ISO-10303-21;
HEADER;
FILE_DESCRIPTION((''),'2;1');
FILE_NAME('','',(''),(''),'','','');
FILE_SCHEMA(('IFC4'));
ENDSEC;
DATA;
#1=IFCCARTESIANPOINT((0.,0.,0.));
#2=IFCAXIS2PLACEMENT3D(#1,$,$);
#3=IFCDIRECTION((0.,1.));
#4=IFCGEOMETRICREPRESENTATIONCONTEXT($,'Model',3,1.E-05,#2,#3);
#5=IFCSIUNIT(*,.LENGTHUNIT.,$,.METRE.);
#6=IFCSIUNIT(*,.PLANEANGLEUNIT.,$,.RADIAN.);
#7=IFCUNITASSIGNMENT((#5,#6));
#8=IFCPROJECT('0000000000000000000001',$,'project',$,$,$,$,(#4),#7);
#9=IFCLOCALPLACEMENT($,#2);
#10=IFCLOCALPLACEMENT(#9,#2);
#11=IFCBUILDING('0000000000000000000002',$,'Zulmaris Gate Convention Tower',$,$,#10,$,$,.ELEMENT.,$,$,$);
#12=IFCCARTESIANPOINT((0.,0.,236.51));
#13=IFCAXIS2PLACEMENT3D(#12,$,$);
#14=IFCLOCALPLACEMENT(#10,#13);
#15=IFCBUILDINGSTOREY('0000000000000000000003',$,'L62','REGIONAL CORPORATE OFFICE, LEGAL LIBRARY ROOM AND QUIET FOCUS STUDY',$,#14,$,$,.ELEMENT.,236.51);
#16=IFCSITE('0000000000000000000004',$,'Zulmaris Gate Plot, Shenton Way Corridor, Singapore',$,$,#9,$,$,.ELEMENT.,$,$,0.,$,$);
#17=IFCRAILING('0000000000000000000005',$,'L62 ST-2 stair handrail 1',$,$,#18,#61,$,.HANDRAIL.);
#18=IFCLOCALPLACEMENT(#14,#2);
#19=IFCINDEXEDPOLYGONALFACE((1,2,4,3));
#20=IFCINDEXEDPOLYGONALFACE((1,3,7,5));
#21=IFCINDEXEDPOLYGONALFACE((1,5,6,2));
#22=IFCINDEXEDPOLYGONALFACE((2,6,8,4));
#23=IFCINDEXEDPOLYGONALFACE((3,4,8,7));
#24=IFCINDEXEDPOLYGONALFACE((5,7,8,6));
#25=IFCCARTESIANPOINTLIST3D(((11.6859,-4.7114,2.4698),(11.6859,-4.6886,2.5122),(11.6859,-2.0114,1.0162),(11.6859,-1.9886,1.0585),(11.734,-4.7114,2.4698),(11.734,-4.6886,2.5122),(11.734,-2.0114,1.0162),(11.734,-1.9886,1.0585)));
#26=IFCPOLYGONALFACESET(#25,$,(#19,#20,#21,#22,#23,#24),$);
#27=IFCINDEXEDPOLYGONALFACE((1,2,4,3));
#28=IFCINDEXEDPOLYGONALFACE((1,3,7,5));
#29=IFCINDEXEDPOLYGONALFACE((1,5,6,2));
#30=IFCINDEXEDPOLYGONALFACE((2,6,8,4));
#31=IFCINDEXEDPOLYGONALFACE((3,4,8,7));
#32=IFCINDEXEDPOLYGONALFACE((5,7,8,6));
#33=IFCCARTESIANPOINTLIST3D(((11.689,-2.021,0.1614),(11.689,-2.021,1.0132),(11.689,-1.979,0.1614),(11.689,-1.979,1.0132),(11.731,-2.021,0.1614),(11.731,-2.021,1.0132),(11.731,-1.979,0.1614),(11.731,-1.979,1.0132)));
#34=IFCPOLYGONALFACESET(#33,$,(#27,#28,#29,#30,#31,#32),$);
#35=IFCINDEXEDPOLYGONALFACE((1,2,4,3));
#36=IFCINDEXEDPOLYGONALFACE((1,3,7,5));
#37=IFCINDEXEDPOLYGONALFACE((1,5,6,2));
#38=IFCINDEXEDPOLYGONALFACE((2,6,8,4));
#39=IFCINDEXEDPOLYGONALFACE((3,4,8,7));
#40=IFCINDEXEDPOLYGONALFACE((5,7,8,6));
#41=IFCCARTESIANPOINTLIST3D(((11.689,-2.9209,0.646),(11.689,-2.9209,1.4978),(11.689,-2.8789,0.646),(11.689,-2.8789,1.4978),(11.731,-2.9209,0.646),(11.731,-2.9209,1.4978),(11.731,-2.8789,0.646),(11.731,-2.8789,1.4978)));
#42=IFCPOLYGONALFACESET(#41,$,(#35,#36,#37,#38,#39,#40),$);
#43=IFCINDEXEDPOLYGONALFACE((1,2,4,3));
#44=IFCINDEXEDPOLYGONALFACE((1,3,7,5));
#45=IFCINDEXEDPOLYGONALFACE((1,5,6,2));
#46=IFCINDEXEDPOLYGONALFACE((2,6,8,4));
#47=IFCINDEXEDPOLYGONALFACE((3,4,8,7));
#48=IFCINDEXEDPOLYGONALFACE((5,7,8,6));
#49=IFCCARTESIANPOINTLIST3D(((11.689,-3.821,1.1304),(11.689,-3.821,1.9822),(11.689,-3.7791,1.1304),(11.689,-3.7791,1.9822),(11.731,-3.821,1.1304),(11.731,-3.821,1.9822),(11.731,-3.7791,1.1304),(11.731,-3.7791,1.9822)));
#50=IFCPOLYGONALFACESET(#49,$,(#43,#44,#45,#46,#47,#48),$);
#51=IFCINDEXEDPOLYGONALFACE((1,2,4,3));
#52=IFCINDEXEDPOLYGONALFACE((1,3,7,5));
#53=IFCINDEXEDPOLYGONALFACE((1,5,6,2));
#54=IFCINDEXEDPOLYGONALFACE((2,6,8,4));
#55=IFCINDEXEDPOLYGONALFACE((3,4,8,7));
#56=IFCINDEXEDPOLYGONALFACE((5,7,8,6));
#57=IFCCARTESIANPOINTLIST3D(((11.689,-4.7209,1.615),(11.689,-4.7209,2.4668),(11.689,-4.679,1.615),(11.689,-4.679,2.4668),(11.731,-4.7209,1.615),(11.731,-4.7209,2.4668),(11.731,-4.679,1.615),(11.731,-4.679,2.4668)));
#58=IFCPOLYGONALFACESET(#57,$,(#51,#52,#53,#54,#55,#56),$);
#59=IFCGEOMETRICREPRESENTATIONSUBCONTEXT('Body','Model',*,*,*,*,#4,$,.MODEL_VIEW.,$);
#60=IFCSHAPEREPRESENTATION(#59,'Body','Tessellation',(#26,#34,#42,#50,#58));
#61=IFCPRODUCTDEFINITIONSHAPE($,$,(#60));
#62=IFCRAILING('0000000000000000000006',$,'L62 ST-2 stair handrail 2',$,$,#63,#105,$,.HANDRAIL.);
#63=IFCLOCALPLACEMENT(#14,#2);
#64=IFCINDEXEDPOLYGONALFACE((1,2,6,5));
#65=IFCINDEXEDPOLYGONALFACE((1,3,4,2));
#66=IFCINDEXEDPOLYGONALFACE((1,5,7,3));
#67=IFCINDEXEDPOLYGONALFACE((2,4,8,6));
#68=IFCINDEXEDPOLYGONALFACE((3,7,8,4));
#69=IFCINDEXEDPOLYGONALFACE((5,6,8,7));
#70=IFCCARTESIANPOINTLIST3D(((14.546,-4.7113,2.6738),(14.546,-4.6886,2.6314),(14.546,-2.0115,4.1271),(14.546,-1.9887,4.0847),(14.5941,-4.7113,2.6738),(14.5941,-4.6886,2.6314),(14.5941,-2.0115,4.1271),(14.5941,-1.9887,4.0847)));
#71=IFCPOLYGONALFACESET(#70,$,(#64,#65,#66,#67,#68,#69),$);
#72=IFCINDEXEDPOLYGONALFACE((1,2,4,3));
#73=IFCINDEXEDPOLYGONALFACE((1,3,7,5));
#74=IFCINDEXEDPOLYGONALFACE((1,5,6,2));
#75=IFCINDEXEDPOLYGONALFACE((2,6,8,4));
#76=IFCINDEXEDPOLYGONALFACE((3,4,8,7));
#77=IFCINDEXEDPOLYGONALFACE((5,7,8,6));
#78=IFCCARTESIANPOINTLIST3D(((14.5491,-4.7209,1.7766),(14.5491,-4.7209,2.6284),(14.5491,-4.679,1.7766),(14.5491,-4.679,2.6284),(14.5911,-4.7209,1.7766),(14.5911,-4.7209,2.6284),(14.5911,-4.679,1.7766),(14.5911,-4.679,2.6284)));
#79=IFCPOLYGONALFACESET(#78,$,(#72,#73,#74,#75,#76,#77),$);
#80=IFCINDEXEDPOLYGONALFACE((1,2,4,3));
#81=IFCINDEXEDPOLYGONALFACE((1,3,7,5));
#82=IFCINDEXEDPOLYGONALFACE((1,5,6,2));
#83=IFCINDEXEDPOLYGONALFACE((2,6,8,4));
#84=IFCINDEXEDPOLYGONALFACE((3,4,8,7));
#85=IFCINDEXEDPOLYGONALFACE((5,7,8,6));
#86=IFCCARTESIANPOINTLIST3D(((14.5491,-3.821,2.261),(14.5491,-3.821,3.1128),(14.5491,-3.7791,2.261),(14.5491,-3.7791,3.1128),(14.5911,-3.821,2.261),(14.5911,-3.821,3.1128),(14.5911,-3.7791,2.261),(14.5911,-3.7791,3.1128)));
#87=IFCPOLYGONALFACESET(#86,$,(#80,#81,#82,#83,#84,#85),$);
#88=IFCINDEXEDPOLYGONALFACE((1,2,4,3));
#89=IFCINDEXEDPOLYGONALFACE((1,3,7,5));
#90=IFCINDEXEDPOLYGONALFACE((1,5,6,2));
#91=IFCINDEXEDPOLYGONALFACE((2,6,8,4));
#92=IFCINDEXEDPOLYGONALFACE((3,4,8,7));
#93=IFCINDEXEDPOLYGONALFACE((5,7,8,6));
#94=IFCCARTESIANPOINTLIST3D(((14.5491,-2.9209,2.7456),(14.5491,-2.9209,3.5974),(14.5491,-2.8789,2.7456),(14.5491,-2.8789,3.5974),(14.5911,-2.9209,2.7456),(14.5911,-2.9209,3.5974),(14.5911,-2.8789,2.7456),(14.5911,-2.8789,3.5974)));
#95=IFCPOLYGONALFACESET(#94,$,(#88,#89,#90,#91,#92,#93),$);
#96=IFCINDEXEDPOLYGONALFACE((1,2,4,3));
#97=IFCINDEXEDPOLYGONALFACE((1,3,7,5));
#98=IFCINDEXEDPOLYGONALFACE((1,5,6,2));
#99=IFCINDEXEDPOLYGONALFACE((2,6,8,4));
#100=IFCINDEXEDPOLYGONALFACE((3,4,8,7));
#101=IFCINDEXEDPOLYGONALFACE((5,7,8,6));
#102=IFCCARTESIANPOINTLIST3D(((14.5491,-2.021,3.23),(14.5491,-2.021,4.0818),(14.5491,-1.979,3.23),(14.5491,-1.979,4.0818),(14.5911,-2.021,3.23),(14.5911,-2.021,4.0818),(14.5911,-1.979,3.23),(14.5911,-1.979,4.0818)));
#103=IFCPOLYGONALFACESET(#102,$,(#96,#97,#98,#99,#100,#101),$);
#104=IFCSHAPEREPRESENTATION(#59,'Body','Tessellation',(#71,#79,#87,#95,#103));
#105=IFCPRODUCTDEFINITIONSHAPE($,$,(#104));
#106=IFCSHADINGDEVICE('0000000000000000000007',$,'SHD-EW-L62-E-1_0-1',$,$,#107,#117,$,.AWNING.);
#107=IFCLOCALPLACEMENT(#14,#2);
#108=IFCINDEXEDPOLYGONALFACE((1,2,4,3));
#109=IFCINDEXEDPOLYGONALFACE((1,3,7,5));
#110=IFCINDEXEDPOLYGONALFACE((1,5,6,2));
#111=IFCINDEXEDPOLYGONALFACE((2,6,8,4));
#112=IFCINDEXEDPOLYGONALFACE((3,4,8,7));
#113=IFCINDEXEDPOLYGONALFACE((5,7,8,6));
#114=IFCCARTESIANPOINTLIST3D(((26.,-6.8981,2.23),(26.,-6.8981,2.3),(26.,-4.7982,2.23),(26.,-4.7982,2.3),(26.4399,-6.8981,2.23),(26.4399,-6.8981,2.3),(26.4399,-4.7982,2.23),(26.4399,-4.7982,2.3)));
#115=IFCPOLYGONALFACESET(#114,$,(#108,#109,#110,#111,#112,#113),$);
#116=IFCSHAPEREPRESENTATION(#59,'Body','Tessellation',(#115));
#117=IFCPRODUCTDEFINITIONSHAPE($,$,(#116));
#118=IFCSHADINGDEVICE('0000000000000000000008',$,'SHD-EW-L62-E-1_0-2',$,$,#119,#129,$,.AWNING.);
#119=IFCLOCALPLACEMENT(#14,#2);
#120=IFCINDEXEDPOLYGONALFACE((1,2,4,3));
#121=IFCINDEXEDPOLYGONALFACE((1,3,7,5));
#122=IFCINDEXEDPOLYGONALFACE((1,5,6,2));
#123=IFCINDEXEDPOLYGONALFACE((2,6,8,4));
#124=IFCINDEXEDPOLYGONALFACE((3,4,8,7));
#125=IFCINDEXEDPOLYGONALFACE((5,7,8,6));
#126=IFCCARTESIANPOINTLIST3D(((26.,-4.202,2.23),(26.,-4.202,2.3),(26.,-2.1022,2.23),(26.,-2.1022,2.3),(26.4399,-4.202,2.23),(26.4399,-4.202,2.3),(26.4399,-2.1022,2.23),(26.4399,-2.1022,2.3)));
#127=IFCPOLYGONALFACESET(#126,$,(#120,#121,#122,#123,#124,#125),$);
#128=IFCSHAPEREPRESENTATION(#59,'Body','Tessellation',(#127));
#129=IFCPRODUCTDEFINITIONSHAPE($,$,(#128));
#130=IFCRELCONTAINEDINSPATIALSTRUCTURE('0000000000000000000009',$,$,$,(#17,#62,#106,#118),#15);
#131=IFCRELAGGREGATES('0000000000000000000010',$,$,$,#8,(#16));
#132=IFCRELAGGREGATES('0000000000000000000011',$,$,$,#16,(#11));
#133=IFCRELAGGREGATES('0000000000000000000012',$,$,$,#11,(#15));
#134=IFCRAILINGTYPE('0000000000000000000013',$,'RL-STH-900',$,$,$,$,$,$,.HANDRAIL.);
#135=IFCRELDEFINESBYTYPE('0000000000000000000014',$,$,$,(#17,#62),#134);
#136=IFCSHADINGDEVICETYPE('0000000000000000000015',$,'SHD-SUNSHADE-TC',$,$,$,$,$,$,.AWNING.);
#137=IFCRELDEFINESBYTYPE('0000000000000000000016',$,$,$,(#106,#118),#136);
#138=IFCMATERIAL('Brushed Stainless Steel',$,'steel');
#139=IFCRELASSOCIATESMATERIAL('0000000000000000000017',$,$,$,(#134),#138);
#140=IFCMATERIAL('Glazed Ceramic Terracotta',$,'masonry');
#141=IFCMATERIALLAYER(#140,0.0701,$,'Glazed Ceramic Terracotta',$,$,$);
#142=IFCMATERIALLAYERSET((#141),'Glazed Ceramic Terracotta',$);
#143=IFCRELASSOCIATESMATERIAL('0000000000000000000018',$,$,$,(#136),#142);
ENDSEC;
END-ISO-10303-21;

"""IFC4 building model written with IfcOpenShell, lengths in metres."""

from ifc_helpers import new_model, si_unit, direction, frame, frame_2d, origin, origin_2d, place, context, subcontext, project, spatial, rectangle, extrude, material, layer, layer_set, type_object, element, save


model = new_model("IFC4")

# Units and contexts
model_context = context("Model", 3, precision=1e-05, world=origin(), true_north=direction((0.0, 1.0)))
body_context = subcontext(model_context, "Body", "Model", "MODEL_VIEW")
ifc_project = project(units=[si_unit("LENGTHUNIT", "METRE"), si_unit("PLANEANGLEUNIT", "RADIAN")], contexts=[model_context])

# Site, building, storey
site_placement = place(None, origin())
site = spatial("IfcSite", under=ifc_project, at=site_placement, Name="Zulmaris Gate Plot, Shenton Way Corridor, Singapore", CompositionType="ELEMENT", RefElevation=0.0)
building_placement = place(site_placement, origin())
building = spatial("IfcBuilding", under=site, at=building_placement, Name="Zulmaris Gate Convention Tower", CompositionType="ELEMENT")
storey_placement = place(building_placement, frame((0.0, 0.0, 236.51)))
storey = spatial("IfcBuildingStorey", under=building, at=storey_placement, Name="L62", Description="REGIONAL CORPORATE OFFICE, LEGAL LIBRARY ROOM AND QUIET FOCUS STUDY", CompositionType="ELEMENT", Elevation=236.51)

# Railings
ifc_material_1 = material(Name="Brushed Stainless Steel", Category="steel")
railing_type_1 = type_object("IfcRailingType", Name="RL-STH-900", PredefinedType="HANDRAIL", material=ifc_material_1)
railing_1_placement = place(storey_placement, frame((11.71, -2.0, 0.1614)))
element("IfcRailing", 1, at=railing_1_placement, inside=storey, type_object=railing_type_1, Name="L62 ST-2 stair handrail 1", PredefinedType="HANDRAIL", context=body_context, shape_type="SweptSolid", body=[
    extrude(rectangle(XDim=0.0481, YDim=0.0481, at=origin_2d()), frame((0.0, 0.0, 0.876), z_axis=(0.0, -0.880499, 0.474048), x_axis=(1.0, 0.0, 0.0)), (0.0, 0.0, 1.0), 3.0664),
    extrude(rectangle(XDim=0.042, YDim=0.042, at=origin_2d()), origin(), (0.0, 0.0, 1.0), 0.8518),
    extrude(rectangle(XDim=0.042, YDim=0.042, at=origin_2d()), frame((0.0, -0.8999, 0.4846)), (0.0, 0.0, 1.0), 0.8518),
    extrude(rectangle(XDim=0.042, YDim=0.042, at=origin_2d()), frame((0.0, -1.8, 0.969)), (0.0, 0.0, 1.0), 0.8518),
    extrude(rectangle(XDim=0.042, YDim=0.042, at=origin_2d()), frame((0.0, -2.7, 1.4536)), (0.0, 0.0, 1.0), 0.8518),
])
railing_2_placement = place(storey_placement, frame((14.5701, -4.7, 1.7766)))
element("IfcRailing", 2, at=railing_2_placement, inside=storey, type_object=railing_type_1, Name="L62 ST-2 stair handrail 2", PredefinedType="HANDRAIL", context=body_context, shape_type="SweptSolid", body=[
    extrude(rectangle(XDim=0.0481, YDim=0.0481, at=origin_2d()), frame((0.0, 0.0, 0.876), z_axis=(0.0, 0.880532, 0.473986), x_axis=(-1.0, 0.0, 0.0)), (0.0, 0.0, 1.0), 3.0662),
    extrude(rectangle(XDim=0.042, YDim=0.042, at=origin_2d()), origin(), (0.0, 0.0, 1.0), 0.8518),
    extrude(rectangle(XDim=0.042, YDim=0.042, at=origin_2d()), frame((0.0, 0.8999, 0.4844)), (0.0, 0.0, 1.0), 0.8518),
    extrude(rectangle(XDim=0.042, YDim=0.042, at=origin_2d()), frame((0.0, 1.8, 0.969)), (0.0, 0.0, 1.0), 0.8518),
    extrude(rectangle(XDim=0.042, YDim=0.042, at=origin_2d()), frame((0.0, 2.7, 1.4534)), (0.0, 0.0, 1.0), 0.8518),
])

# Shading devices
ifc_material_2 = material(Name="Glazed Ceramic Terracotta", Category="masonry")
ifc_layer_1 = layer(ifc_material_2, 0.0701, Name="Glazed Ceramic Terracotta")
ifc_layer_set_1 = layer_set([ifc_layer_1], Name="Glazed Ceramic Terracotta")
shading_device_type = type_object("IfcShadingDeviceType", Name="SHD-SUNSHADE-TC", PredefinedType="AWNING", material=ifc_layer_set_1)
for number, where, z_axis, x_axis, name in (
    (3, (26.22, -6.8979, 2.23), (0.0, 0.0, 1.0), (0.0, 1.0, 0.0), "SHD-EW-L62-E-1_0-1"),
    (4, (26.22, -4.2019, 2.23), (0.0, 0.0, 1.0), (0.0, 1.0, 0.0), "SHD-EW-L62-E-1_0-2"),
):
    element("IfcShadingDevice", number, at=place(storey_placement, frame(where, z_axis=z_axis, x_axis=x_axis)), inside=storey, type_object=shading_device_type, Name=name, PredefinedType="AWNING", context=body_context, shape_type="SweptSolid", body=[
        extrude(rectangle(XDim=2.0999, YDim=0.4399, at=frame_2d((1.0498, 0.0))), origin(), (0.0, 0.0, 1.0), 0.0701),
    ])

save(model, "model.ifc")
